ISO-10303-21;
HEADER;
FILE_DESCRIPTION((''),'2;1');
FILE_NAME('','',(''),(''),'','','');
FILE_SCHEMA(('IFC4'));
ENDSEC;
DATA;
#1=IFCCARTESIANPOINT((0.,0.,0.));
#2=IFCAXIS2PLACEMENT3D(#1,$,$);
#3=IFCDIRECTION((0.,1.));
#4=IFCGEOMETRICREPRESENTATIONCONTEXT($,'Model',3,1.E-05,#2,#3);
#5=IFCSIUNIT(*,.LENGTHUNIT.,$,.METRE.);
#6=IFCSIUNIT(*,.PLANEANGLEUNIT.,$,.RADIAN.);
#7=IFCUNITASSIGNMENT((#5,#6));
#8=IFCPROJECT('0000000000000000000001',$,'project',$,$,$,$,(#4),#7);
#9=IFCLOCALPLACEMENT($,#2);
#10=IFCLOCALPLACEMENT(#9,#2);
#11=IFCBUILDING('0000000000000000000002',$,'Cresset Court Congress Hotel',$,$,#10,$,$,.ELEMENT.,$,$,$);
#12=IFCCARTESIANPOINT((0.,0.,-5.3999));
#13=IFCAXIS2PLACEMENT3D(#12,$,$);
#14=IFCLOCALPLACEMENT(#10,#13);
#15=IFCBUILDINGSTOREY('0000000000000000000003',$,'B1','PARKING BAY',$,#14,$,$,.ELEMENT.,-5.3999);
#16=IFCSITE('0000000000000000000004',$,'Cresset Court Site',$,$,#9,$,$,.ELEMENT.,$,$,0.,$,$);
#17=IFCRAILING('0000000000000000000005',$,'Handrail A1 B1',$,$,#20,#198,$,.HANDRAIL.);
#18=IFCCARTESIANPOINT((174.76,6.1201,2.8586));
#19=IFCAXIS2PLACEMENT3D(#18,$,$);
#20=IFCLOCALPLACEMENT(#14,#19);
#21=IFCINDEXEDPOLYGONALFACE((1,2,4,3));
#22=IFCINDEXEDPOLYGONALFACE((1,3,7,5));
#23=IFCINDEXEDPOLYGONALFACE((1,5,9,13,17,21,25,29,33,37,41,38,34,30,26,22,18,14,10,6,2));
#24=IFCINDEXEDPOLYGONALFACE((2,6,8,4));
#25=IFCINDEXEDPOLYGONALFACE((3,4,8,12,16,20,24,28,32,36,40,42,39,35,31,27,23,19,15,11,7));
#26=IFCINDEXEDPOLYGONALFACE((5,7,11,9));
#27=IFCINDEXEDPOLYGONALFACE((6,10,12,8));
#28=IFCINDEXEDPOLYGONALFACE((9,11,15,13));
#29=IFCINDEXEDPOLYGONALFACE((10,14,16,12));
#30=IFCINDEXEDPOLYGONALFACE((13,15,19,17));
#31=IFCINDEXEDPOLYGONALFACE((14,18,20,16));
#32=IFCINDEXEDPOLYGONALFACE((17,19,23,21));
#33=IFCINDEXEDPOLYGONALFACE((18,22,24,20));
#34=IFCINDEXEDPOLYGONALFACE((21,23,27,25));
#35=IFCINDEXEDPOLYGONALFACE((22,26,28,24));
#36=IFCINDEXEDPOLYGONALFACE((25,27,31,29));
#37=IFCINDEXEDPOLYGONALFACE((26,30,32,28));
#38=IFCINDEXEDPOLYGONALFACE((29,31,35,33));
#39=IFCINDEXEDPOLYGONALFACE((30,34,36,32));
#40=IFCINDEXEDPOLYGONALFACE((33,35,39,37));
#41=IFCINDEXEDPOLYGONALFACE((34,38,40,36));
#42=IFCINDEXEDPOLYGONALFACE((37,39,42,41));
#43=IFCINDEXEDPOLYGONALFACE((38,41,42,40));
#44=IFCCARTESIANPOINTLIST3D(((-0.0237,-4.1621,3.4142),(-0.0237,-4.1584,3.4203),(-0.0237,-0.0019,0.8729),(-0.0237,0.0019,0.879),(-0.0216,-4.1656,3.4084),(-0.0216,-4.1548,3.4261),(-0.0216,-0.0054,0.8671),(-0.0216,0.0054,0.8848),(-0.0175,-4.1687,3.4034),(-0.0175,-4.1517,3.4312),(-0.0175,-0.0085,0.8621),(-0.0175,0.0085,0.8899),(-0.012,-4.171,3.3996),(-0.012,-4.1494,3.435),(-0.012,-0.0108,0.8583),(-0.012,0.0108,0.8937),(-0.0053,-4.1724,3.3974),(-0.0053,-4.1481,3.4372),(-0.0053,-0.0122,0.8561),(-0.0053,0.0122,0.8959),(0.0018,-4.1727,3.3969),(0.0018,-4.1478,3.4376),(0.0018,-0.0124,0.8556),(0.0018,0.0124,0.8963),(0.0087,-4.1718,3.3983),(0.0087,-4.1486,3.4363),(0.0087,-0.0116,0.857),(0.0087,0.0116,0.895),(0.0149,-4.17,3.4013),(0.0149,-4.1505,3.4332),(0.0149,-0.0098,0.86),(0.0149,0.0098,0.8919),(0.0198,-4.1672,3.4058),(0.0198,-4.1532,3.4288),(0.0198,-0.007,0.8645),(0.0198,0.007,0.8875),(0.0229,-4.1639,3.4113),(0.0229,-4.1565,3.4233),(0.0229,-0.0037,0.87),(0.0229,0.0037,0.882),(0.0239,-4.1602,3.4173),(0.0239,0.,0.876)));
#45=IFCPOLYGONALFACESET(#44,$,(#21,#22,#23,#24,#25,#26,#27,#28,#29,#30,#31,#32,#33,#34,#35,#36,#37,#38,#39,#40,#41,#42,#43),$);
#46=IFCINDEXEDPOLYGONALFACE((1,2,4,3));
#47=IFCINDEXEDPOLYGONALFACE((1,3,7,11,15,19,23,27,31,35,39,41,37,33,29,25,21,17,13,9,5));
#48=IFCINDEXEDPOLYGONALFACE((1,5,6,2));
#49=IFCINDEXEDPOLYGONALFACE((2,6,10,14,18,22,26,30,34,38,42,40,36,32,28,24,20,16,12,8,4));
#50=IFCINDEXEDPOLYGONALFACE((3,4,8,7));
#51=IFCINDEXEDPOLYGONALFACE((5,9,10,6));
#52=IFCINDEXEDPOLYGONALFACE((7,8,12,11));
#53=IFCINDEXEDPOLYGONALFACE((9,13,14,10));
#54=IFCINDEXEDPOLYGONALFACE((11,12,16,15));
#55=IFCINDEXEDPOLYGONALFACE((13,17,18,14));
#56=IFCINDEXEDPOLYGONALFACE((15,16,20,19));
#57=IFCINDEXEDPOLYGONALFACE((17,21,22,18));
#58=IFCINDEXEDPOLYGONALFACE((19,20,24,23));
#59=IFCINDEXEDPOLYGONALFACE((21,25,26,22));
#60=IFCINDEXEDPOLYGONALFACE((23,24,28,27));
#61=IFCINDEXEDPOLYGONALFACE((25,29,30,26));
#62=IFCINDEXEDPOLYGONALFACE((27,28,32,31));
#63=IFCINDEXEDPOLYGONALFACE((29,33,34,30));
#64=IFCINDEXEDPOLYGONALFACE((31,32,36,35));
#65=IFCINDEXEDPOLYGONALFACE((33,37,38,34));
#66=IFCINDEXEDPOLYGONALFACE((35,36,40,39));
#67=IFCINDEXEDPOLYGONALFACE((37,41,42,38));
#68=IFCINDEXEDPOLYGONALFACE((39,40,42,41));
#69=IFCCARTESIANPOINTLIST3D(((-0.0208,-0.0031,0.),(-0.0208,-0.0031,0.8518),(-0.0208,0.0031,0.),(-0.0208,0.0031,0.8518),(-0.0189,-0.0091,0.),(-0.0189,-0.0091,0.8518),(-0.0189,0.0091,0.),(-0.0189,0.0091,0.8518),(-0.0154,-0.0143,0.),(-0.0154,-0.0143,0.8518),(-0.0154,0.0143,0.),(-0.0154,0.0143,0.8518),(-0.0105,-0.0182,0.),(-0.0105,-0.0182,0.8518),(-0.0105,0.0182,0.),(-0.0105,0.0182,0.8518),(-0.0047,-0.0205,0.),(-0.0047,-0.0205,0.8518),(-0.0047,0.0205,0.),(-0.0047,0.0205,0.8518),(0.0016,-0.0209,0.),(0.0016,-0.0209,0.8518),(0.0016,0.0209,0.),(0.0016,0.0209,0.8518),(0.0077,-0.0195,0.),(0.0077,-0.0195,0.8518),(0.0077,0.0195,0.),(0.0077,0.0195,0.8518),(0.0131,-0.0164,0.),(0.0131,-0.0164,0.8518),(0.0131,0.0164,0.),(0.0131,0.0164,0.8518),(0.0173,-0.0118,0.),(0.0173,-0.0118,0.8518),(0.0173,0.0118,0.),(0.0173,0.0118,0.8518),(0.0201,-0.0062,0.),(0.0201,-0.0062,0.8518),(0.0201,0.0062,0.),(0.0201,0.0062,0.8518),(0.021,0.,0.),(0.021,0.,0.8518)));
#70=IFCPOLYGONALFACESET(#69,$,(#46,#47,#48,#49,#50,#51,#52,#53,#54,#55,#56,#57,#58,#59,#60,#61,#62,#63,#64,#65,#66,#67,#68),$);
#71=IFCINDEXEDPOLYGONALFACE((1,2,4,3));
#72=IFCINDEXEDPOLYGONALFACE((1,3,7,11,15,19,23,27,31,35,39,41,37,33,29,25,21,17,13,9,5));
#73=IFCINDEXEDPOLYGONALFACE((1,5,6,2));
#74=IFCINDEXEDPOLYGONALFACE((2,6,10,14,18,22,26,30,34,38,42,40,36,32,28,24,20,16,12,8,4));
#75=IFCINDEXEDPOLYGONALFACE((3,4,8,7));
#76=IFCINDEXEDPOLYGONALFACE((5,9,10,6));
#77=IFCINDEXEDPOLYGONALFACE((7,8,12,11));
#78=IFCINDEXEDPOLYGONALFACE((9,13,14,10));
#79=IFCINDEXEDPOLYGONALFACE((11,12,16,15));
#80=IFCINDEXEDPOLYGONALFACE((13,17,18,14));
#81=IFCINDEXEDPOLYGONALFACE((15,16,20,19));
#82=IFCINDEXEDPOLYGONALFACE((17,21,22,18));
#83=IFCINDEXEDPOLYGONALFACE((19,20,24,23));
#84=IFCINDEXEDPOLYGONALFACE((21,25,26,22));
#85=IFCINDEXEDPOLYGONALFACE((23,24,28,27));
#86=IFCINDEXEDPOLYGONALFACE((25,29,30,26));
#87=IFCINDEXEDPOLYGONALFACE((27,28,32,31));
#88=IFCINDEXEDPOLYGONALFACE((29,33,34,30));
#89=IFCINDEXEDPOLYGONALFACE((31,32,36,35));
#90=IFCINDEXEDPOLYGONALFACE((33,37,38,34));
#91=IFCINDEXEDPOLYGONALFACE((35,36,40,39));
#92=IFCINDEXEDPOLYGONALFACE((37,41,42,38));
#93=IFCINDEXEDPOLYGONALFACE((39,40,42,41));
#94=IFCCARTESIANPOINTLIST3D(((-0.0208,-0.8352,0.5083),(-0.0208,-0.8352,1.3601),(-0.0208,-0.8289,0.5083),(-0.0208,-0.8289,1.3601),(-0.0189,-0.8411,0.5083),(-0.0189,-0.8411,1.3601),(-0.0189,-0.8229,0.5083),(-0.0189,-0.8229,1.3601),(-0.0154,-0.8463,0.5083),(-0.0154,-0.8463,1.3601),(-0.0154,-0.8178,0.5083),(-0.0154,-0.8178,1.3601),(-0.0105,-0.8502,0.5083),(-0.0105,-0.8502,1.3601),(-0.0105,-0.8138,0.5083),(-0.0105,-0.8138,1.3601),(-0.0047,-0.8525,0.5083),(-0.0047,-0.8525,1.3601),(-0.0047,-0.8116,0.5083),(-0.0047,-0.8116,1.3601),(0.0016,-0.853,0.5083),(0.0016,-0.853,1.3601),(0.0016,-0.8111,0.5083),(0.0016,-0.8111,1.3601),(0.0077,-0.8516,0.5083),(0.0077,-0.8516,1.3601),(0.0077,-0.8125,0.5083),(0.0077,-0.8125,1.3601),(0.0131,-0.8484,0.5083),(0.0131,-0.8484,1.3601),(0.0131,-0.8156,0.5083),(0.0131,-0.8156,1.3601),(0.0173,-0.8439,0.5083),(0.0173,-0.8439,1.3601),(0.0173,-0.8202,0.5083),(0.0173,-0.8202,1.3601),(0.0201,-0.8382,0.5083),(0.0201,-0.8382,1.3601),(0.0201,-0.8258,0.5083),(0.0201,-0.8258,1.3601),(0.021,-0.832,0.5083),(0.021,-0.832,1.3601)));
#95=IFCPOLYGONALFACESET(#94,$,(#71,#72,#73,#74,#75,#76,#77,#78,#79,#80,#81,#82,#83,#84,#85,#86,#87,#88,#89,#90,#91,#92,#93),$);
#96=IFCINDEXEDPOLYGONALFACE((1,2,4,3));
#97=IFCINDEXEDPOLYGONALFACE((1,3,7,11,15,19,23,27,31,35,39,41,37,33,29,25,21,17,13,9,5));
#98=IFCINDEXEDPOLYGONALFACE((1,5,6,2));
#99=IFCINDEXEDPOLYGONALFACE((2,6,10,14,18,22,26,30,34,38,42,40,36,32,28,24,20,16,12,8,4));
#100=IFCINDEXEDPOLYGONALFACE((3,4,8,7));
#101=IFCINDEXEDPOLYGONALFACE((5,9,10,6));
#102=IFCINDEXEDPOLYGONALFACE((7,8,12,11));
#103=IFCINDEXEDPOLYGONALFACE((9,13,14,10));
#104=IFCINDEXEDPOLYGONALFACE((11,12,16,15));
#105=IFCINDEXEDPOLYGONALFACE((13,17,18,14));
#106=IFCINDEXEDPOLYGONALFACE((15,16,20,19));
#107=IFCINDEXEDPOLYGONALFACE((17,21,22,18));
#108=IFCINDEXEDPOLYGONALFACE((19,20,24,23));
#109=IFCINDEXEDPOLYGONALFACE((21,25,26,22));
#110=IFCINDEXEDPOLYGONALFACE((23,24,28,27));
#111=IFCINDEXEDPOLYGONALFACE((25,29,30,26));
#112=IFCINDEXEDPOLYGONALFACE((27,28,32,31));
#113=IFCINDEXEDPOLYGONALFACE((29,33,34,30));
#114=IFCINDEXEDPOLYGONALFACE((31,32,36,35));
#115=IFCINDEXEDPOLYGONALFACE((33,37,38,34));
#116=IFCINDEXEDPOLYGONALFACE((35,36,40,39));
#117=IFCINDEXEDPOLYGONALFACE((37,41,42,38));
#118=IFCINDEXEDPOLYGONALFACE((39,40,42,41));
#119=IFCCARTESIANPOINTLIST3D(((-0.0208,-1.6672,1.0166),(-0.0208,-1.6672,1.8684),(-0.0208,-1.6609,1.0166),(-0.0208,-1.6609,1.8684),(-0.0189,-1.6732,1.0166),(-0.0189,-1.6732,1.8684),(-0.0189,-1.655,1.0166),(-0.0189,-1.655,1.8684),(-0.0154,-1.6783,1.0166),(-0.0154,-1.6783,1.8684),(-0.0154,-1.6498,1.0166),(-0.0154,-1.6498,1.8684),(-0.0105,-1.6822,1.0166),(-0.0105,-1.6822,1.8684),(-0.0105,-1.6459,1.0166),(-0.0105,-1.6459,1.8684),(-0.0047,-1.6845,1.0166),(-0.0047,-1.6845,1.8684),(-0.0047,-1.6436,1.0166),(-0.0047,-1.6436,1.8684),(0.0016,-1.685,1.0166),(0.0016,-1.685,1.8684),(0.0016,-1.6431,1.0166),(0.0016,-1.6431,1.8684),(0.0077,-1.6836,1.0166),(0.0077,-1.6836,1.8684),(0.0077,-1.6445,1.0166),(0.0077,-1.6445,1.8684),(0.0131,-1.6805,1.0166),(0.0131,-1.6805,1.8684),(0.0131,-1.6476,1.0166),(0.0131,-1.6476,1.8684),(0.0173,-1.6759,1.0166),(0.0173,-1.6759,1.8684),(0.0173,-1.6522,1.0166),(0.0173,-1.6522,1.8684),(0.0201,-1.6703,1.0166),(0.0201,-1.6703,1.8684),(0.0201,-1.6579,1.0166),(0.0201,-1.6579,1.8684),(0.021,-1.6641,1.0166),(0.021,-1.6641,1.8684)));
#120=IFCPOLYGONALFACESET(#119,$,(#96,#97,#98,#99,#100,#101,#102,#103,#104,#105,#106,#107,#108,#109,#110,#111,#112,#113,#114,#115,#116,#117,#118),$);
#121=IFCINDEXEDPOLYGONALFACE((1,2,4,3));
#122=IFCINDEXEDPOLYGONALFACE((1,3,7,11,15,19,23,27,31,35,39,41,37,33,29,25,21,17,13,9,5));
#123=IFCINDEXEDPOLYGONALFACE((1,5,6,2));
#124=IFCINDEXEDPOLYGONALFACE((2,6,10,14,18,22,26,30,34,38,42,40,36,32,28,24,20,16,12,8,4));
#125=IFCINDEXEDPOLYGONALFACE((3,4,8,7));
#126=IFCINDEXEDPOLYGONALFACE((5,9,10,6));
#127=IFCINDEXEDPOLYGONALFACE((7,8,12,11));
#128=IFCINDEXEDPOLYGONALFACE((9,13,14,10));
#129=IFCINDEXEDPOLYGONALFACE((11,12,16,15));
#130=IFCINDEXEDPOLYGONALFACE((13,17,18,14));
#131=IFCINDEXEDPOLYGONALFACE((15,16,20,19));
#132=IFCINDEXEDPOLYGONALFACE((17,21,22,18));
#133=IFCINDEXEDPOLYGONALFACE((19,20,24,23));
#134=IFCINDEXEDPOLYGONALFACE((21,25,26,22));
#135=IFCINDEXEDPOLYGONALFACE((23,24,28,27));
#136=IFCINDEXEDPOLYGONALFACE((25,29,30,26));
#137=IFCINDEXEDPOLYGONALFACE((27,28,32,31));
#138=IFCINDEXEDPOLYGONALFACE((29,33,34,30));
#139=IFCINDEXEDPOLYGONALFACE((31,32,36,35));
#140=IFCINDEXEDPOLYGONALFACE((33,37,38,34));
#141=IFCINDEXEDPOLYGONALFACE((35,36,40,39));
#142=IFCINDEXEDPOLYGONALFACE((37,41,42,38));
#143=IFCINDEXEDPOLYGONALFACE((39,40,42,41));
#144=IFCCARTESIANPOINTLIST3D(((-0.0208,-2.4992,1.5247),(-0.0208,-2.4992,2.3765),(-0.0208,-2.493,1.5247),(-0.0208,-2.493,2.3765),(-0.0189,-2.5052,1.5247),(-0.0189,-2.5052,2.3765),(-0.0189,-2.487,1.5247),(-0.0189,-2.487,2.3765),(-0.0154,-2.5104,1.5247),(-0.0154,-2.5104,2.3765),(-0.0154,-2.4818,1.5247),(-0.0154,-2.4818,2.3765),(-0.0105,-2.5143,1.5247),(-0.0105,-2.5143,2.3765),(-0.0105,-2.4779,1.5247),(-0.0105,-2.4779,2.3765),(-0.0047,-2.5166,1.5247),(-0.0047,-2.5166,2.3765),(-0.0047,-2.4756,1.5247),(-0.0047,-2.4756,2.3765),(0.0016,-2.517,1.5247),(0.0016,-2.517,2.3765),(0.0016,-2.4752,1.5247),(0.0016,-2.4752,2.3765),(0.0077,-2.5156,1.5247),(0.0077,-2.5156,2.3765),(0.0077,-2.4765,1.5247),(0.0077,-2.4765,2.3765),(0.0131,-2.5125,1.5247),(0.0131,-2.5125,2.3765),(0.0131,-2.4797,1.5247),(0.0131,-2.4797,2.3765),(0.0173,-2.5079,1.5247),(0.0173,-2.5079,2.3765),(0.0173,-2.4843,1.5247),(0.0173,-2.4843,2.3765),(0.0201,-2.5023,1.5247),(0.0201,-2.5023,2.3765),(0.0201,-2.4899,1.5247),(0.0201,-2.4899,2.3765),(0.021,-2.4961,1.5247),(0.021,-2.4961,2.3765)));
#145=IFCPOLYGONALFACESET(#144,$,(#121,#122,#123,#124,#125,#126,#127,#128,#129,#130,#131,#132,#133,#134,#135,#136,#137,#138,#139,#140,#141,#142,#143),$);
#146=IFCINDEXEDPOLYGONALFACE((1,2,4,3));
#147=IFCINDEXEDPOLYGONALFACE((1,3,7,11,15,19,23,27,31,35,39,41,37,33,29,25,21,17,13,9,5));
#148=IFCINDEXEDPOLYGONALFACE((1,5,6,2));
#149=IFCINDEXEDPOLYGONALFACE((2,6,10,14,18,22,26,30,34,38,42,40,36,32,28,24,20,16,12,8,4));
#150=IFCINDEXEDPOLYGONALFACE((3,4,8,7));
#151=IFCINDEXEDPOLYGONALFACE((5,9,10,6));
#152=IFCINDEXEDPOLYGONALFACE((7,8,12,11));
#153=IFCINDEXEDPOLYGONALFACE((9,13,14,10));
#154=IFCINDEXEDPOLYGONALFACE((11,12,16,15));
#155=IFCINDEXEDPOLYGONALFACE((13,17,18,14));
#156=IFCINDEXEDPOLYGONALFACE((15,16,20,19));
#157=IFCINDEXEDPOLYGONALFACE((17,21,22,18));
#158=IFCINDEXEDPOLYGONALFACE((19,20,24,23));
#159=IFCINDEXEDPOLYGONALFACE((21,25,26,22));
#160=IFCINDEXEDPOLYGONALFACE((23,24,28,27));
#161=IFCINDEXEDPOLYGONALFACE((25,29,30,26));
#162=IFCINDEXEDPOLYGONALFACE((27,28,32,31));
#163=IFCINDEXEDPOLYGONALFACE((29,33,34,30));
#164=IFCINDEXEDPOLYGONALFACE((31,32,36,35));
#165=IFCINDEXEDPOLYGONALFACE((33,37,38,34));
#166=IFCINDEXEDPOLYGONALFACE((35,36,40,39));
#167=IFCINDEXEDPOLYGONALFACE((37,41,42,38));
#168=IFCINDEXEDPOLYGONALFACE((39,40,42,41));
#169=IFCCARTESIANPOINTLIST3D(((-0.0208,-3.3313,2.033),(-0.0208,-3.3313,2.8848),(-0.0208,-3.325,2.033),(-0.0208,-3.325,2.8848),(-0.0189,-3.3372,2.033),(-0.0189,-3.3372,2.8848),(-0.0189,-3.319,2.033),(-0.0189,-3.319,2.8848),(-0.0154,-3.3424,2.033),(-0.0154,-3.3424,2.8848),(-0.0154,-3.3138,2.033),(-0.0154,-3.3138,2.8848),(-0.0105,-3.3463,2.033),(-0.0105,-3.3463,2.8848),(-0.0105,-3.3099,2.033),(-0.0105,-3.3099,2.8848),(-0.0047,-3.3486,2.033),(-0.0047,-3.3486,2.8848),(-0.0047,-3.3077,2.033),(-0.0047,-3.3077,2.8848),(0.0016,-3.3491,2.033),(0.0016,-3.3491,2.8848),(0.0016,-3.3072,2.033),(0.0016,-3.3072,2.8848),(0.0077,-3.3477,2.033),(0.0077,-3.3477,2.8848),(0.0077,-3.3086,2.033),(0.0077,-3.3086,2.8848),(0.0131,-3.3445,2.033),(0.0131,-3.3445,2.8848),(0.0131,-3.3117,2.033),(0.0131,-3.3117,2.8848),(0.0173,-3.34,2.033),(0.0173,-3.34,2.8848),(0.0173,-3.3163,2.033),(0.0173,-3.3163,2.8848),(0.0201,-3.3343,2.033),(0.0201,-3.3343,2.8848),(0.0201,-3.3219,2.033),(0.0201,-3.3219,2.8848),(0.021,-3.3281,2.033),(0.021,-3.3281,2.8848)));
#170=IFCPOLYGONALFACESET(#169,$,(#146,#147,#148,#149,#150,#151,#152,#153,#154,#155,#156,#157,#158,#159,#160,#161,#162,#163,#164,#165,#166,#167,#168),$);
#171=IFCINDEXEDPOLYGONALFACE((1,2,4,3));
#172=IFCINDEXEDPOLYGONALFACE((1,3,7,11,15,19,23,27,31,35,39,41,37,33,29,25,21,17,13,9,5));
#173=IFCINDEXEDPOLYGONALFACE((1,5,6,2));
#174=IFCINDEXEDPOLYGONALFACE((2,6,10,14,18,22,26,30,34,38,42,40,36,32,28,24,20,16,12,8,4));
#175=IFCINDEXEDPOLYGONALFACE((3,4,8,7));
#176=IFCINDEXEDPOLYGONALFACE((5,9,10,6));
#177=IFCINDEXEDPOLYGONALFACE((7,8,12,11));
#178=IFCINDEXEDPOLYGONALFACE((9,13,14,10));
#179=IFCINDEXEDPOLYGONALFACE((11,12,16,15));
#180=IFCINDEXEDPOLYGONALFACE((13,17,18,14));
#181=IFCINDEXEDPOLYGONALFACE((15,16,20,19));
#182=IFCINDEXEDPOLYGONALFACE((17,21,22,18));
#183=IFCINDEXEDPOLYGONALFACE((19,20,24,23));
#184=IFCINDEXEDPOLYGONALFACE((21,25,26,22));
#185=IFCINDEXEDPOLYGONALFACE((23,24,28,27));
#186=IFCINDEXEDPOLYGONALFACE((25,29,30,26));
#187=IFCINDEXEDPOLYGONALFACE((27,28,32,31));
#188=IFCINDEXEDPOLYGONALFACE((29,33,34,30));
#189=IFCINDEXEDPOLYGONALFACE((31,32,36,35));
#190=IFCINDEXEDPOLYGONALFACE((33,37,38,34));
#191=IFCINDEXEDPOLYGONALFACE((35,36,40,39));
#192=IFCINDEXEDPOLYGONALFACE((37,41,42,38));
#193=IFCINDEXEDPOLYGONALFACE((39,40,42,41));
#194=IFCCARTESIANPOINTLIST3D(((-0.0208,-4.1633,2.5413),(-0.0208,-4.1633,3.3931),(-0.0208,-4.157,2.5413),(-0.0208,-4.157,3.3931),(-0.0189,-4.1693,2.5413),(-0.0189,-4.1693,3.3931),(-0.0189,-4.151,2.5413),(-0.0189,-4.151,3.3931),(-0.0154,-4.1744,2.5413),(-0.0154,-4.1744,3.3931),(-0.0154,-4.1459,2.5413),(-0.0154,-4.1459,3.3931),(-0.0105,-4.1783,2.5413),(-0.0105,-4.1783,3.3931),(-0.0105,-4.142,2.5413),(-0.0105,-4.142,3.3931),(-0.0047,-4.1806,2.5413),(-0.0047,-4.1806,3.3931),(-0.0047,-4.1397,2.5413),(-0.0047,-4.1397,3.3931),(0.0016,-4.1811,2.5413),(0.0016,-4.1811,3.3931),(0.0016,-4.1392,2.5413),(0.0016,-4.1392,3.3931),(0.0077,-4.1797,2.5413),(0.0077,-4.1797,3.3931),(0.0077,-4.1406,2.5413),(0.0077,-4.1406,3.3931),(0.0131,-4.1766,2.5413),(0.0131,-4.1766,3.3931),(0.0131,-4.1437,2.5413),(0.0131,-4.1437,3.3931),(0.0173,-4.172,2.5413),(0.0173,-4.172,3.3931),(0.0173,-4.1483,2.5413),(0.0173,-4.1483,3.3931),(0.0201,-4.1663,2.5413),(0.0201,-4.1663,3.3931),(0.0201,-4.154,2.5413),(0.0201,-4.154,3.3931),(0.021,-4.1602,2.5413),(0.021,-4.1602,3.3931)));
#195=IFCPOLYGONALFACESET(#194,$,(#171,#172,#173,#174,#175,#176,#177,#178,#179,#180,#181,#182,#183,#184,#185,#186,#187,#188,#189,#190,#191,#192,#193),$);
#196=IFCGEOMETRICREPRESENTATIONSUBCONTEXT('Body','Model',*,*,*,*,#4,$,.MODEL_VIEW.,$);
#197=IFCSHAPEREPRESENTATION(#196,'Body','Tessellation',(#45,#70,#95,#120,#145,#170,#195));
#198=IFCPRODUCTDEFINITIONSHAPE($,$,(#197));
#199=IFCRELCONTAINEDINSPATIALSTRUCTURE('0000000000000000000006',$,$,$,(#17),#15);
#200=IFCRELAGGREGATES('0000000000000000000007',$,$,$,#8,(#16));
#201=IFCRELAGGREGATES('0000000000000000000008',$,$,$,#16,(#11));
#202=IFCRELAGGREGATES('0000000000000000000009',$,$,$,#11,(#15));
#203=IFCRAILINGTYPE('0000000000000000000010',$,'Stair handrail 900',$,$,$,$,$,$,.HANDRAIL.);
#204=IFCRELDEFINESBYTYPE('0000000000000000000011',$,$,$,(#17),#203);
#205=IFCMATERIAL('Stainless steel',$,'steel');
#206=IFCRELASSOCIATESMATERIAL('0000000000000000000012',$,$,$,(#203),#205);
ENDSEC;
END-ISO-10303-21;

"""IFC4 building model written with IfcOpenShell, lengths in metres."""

from ifc_helpers import new_model, si_unit, direction, frame, origin, origin_2d, place, context, subcontext, project, spatial, circle, extrude, material, type_object, element, save


model = new_model("IFC4")

# Units and contexts
model_context = context("Model", 3, precision=1e-05, world=origin(), true_north=direction((0.0, 1.0)))
body_context = subcontext(model_context, "Body", "Model", "MODEL_VIEW")
ifc_project = project(units=[si_unit("LENGTHUNIT", "METRE"), si_unit("PLANEANGLEUNIT", "RADIAN")], contexts=[model_context])

# Site, building, storey
site_placement = place(None, origin())
site = spatial("IfcSite", under=ifc_project, at=site_placement, Name="Cresset Court Site", CompositionType="ELEMENT", RefElevation=0.0)
building_placement = place(site_placement, origin())
building = spatial("IfcBuilding", under=site, at=building_placement, Name="Cresset Court Congress Hotel", CompositionType="ELEMENT")
storey_placement = place(building_placement, frame((0.0, 0.0, -5.3999)))
storey = spatial("IfcBuildingStorey", under=building, at=storey_placement, Name="B1", Description="PARKING BAY", CompositionType="ELEMENT", Elevation=-5.3999)

# Railing
ifc_material_1 = material(Name="Stainless steel", Category="steel")
railing_type_1 = type_object("IfcRailingType", Name="Stair handrail 900", PredefinedType="HANDRAIL", material=ifc_material_1)
for number, where, name in (
    (1, (174.76, 6.1201, 2.8586), "Handrail A1 B1"),
):
    element("IfcRailing", number, at=place(storey_placement, frame(where)), inside=storey, type_object=railing_type_1, Name=name, PredefinedType="HANDRAIL", context=body_context, shape_type="SweptSolid", body=[
        extrude(circle(Radius=0.0239, at=origin_2d()), frame((0.0, 0.0, 0.876), z_axis=(0.0, -0.853378, 0.521292), x_axis=(1.0, 0.0, 0.0)), (0.0, 0.0, 1.0), 4.875),
        extrude(circle(Radius=0.021, at=origin_2d()), origin(), (0.0, 0.0, 1.0), 0.8518),
        extrude(circle(Radius=0.021, at=origin_2d()), frame((0.0, -0.832, 0.5083)), (0.0, 0.0, 1.0), 0.8518),
        extrude(circle(Radius=0.021, at=origin_2d()), frame((0.0, -1.6641, 1.0166)), (0.0, 0.0, 1.0), 0.8518),
        extrude(circle(Radius=0.021, at=origin_2d()), frame((0.0, -2.4961, 1.5247)), (0.0, 0.0, 1.0), 0.8518),
        extrude(circle(Radius=0.021, at=origin_2d()), frame((0.0, -3.3281, 2.033)), (0.0, 0.0, 1.0), 0.8518),
        extrude(circle(Radius=0.021, at=origin_2d()), frame((0.0, -4.1602, 2.5413)), (0.0, 0.0, 1.0), 0.8518),
    ])

save(model, "model.ifc")
